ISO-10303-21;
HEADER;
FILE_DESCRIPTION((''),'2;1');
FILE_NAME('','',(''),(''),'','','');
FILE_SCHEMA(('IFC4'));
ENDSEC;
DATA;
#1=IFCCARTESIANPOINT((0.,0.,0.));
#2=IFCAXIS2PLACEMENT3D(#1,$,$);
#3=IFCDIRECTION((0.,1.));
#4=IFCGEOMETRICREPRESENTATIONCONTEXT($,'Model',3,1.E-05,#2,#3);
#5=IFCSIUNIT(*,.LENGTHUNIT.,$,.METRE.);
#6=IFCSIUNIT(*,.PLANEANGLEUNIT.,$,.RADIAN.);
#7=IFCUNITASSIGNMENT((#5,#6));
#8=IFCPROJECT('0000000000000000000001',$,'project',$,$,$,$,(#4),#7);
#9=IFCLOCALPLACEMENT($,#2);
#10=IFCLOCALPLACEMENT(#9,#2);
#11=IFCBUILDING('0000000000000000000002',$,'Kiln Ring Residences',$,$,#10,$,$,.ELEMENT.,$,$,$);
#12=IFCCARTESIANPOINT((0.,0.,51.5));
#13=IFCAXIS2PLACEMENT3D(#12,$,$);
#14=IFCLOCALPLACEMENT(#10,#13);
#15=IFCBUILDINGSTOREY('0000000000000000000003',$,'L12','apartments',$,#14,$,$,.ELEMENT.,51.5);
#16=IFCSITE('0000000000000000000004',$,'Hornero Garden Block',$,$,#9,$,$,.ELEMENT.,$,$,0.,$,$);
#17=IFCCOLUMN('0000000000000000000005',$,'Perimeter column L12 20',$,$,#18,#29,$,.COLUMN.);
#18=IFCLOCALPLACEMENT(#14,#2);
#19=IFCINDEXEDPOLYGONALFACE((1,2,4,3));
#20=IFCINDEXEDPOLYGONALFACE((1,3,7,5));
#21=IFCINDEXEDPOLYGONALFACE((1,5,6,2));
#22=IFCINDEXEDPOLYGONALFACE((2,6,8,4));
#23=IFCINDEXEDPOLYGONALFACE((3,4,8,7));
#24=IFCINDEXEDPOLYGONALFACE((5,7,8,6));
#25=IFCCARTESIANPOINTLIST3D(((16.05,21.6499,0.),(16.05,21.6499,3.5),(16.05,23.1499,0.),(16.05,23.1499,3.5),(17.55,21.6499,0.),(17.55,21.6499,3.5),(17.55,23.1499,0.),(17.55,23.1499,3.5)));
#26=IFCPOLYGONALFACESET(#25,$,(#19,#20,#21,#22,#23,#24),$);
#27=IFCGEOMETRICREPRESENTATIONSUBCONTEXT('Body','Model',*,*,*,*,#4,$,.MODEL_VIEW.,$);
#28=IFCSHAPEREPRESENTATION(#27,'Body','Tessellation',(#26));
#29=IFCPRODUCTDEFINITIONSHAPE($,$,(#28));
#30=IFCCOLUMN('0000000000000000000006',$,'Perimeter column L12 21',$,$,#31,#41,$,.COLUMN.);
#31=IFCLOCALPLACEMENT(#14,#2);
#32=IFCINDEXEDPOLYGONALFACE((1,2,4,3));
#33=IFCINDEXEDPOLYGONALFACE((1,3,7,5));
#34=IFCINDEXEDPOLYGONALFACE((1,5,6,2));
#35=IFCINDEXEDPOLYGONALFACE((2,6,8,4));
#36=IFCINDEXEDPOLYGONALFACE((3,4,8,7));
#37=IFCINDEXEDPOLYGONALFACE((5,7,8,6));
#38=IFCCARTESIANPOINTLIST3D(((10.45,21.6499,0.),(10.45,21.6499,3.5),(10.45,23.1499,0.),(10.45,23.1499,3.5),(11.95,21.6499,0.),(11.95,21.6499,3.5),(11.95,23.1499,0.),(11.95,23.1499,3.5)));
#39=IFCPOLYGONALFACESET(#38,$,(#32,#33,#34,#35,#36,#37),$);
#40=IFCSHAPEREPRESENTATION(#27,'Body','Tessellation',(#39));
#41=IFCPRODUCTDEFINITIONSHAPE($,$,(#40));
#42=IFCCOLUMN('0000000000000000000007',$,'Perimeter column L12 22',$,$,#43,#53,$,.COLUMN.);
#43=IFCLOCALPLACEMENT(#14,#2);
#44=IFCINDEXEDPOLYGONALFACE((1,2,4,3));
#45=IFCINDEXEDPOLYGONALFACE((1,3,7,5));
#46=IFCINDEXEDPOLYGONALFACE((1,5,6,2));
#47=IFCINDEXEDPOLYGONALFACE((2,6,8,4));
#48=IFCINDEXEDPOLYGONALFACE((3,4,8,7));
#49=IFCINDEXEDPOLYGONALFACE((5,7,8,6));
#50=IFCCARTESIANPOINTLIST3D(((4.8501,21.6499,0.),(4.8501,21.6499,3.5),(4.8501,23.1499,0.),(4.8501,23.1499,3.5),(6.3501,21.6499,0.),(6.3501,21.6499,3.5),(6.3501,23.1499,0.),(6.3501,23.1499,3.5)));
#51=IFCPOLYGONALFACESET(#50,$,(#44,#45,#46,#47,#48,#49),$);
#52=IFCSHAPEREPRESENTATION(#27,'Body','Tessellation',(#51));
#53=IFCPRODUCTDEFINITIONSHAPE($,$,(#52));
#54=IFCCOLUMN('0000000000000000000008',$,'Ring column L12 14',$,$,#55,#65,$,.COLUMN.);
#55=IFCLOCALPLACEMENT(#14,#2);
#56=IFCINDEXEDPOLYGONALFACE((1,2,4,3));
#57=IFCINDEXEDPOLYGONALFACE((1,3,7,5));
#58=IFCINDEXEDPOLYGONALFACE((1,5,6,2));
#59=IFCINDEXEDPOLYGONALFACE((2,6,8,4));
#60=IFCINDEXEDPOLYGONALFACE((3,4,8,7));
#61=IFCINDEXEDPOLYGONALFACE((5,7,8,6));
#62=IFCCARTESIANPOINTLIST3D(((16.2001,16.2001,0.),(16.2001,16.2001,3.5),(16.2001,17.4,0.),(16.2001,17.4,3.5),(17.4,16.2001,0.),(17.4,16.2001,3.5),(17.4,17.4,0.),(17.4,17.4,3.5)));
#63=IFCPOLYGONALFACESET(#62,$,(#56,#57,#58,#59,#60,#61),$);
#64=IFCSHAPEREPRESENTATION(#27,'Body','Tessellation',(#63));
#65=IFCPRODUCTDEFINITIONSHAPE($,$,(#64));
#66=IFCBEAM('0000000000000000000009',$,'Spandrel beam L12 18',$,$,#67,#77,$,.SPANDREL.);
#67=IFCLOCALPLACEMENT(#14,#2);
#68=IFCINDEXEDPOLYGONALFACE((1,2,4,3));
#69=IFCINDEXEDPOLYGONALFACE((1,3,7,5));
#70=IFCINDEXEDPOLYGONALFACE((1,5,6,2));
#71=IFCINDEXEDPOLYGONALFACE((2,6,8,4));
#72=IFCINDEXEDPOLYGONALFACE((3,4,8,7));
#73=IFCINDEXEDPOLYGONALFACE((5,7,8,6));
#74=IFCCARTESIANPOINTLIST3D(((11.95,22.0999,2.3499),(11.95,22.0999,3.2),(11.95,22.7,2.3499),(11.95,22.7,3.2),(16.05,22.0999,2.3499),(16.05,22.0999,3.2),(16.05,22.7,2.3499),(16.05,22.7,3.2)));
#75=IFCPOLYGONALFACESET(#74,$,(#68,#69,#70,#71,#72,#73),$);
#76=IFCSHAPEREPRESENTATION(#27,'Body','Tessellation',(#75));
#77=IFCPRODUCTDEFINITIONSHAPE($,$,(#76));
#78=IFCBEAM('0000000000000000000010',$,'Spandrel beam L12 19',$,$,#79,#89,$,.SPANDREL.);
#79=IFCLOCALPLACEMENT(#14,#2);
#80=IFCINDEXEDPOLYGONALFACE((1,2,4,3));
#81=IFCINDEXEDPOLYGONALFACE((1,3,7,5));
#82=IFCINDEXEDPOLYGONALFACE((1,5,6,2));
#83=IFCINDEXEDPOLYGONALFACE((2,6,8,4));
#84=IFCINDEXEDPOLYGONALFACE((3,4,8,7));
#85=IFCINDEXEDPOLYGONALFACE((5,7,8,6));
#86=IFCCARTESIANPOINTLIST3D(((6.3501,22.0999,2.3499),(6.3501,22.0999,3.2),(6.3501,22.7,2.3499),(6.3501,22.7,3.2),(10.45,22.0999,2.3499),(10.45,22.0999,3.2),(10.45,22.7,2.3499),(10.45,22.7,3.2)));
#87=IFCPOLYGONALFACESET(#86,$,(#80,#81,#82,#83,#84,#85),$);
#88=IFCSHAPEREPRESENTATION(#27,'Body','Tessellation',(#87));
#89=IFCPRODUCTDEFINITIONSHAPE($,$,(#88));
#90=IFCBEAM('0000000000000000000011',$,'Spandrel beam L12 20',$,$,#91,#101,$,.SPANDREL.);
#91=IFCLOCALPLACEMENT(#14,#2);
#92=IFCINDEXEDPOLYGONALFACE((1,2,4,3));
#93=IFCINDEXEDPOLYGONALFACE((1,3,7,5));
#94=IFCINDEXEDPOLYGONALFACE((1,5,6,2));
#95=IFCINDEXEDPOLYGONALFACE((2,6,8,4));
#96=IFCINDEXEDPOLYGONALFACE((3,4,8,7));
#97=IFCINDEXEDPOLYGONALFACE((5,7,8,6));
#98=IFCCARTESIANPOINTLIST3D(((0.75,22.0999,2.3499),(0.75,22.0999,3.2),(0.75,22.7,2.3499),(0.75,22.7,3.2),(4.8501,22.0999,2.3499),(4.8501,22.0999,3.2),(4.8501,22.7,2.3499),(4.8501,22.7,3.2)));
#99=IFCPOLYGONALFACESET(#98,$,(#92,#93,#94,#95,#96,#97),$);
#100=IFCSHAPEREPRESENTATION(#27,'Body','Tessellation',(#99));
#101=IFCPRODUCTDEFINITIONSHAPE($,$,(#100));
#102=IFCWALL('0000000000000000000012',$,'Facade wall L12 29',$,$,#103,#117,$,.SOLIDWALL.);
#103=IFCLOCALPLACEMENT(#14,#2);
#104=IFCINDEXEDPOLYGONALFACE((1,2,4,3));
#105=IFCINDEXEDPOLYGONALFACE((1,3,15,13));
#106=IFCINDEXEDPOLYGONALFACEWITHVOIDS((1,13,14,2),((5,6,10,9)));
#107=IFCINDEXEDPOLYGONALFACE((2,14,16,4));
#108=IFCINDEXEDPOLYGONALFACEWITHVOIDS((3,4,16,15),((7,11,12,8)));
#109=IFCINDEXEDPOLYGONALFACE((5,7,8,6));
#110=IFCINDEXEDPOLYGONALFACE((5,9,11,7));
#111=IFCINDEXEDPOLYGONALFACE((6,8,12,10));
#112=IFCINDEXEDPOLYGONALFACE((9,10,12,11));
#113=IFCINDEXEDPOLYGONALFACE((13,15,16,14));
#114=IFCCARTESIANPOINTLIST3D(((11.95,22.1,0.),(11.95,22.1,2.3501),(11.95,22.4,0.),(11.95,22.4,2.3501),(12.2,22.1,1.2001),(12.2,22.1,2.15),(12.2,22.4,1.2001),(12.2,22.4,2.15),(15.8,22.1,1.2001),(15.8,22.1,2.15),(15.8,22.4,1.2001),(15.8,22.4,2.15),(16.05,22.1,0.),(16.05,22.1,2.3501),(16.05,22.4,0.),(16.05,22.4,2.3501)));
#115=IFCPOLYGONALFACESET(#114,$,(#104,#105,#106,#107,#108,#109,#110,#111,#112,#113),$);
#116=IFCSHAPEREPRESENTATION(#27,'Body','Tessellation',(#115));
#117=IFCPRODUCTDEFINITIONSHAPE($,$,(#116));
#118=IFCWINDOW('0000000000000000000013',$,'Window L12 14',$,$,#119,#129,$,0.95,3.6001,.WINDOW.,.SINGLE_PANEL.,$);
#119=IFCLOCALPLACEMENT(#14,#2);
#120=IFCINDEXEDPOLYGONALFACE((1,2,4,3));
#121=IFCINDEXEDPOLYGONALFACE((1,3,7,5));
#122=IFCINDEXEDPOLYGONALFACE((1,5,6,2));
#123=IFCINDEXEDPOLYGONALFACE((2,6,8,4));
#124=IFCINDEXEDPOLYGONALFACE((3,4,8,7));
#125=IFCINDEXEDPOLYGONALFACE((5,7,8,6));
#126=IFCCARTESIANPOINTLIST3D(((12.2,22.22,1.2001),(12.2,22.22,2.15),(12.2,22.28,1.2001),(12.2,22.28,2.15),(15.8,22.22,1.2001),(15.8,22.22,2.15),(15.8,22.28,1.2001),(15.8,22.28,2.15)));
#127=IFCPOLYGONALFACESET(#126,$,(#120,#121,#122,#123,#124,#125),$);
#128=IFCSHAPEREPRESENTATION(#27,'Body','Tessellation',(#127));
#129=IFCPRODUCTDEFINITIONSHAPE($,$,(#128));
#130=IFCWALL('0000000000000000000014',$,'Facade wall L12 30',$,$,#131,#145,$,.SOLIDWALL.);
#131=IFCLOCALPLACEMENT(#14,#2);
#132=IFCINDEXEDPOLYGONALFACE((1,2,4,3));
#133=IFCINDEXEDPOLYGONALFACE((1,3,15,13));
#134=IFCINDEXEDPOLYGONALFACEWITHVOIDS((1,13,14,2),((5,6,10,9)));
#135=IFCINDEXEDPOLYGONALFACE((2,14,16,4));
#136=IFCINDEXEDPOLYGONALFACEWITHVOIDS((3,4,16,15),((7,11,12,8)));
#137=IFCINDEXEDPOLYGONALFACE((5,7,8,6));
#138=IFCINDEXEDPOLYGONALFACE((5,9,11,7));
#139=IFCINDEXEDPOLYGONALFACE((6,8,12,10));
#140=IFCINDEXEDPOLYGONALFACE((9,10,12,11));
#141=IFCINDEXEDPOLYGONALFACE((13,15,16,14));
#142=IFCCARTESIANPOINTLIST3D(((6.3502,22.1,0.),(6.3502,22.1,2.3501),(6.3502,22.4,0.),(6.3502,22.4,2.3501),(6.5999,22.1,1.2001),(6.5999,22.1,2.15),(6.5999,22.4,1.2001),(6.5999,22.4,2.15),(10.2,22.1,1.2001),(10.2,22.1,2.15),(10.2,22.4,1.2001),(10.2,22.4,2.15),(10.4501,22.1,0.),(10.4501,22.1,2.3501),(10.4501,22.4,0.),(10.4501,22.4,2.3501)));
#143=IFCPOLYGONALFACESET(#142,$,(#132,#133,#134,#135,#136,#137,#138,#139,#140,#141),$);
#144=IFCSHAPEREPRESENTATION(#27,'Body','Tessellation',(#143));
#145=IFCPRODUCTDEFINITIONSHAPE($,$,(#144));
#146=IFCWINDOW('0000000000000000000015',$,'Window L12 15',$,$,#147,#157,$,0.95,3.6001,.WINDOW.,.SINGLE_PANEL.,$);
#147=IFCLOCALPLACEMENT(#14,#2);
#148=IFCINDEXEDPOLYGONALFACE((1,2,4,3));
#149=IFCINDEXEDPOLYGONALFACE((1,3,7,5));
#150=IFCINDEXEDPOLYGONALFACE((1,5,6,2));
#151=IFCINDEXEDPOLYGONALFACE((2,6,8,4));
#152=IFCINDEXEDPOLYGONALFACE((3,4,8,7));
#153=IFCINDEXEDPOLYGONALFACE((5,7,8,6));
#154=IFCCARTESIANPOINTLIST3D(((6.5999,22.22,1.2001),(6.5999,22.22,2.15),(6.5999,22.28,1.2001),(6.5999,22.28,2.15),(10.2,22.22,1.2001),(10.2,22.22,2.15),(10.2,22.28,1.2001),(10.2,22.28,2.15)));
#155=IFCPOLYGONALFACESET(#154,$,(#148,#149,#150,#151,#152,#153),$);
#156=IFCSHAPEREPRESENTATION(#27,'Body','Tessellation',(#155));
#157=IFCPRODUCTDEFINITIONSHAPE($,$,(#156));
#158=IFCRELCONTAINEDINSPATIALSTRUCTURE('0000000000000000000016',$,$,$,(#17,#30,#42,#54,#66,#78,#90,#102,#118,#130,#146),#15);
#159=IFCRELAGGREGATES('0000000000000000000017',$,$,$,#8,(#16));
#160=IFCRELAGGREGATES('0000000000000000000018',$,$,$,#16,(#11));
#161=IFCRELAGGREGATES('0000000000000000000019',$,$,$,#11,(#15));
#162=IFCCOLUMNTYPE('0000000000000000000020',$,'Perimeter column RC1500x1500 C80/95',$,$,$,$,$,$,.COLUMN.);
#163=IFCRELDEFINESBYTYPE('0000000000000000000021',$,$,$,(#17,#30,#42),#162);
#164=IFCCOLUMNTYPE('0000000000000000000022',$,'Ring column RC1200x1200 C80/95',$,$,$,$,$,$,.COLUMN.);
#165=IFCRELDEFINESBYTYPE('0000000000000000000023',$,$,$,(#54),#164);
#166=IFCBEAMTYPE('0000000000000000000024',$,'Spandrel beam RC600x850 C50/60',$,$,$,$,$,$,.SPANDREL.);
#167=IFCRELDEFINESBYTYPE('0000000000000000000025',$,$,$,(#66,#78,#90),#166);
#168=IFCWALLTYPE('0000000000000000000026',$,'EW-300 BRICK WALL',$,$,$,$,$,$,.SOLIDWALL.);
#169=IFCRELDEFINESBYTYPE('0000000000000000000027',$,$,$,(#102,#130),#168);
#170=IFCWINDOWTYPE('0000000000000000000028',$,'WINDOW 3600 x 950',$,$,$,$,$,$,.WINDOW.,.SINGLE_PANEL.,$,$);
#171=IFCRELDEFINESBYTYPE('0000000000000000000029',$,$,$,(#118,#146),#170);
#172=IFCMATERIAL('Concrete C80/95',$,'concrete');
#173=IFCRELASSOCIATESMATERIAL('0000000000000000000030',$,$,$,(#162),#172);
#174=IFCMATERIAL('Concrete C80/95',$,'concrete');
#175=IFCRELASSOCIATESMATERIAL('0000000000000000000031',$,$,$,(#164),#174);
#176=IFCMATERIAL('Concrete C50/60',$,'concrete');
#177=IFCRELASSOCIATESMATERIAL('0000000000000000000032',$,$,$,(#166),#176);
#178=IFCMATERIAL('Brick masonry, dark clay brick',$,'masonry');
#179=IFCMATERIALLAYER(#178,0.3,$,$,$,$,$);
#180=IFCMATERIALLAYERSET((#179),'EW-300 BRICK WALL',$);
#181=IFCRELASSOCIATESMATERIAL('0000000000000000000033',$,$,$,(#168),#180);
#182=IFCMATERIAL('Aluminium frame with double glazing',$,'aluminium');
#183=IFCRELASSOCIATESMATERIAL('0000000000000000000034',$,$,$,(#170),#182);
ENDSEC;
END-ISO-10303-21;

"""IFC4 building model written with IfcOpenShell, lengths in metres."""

from ifc_helpers import new_model, si_unit, direction, frame, frame_2d, origin, origin_2d, place, context, subcontext, project, spatial, rectangle, extrude, material, layer, layer_set, material_profile, profile_set, type_object, element, fill, save


model = new_model("IFC4")

# Units and contexts
model_context = context("Model", 3, precision=1e-05, world=origin(), true_north=direction((0.0, 1.0)))
body_context = subcontext(model_context, "Body", "Model", "MODEL_VIEW")
ifc_project = project(units=[si_unit("LENGTHUNIT", "METRE"), si_unit("PLANEANGLEUNIT", "RADIAN")], contexts=[model_context])

# Site, building, storey
site_placement = place(None, origin())
site = spatial("IfcSite", under=ifc_project, at=site_placement, Name="Hornero Garden Block", CompositionType="ELEMENT", RefElevation=0.0)
building_placement = place(site_placement, origin())
building = spatial("IfcBuilding", under=site, at=building_placement, Name="Kiln Ring Residences", CompositionType="ELEMENT")
storey_placement = place(building_placement, frame((0.0, 0.0, 51.5)))
storey = spatial("IfcBuildingStorey", under=building, at=storey_placement, Name="L12", Description="apartments", CompositionType="ELEMENT", Elevation=51.5)

# Columns
ifc_material_1 = material(Name="Concrete C80/95", Category="concrete")
ifc_material_profile_1 = material_profile(ifc_material_1, rectangle(XDim=1.5, YDim=1.5, at=origin_2d()), Name="RC1500x1500")
ifc_profile_set_1 = profile_set([ifc_material_profile_1], Name="Concrete C80/95")
column_type_1 = type_object("IfcColumnType", Name="Perimeter column RC1500x1500 C80/95", PredefinedType="COLUMN", material=ifc_profile_set_1)
for number, where, z_axis, x_axis, name in (
    (1, (16.8, 22.3999, 0.0), (0.0, 0.0, 1.0), (1.0, 0.0, 0.0), "Perimeter column L12 20"),
    (2, (11.2, 22.3999, 0.0), (0.0, 0.0, 1.0), (1.0, 0.0, 0.0), "Perimeter column L12 21"),
    (3, (5.6001, 22.3999, 0.0), (0.0, 0.0, 1.0), (1.0, 0.0, 0.0), "Perimeter column L12 22"),
):
    element("IfcColumn", number, at=place(storey_placement, frame(where, z_axis=z_axis, x_axis=x_axis)), inside=storey, type_object=column_type_1, Name=name, PredefinedType="COLUMN", context=body_context, shape_type="SweptSolid", body=[
        extrude(rectangle(XDim=1.5, YDim=1.5, at=origin_2d()), origin(), (0.0, 0.0, 1.0), 3.5),
    ])
ifc_material_2 = material(Name="Concrete C80/95", Category="concrete")
ifc_material_profile_2 = material_profile(ifc_material_2, rectangle(XDim=1.2, YDim=1.2, at=origin_2d()), Name="RC1200x1200")
ifc_profile_set_2 = profile_set([ifc_material_profile_2], Name="Concrete C80/95")
column_type_2 = type_object("IfcColumnType", Name="Ring column RC1200x1200 C80/95", PredefinedType="COLUMN", material=ifc_profile_set_2)
column_placement = place(storey_placement, frame((16.8, 16.8, 0.0), z_axis=(0.0, 0.0, 1.0), x_axis=(1.0, 0.0, 0.0)))
element("IfcColumn", 4, at=column_placement, inside=storey, type_object=column_type_2, Name="Ring column L12 14", PredefinedType="COLUMN", context=body_context, shape_type="SweptSolid", body=[
    extrude(rectangle(XDim=1.2, YDim=1.2, at=origin_2d()), origin(), (0.0, 0.0, 1.0), 3.5),
])

# Beams
ifc_material_3 = material(Name="Concrete C50/60", Category="concrete")
ifc_material_profile_3 = material_profile(ifc_material_3, rectangle(XDim=0.6001, YDim=0.8501, at=origin_2d()), Name="RC600x850")
ifc_profile_set_3 = profile_set([ifc_material_profile_3], Name="Concrete C50/60")
beam_type = type_object("IfcBeamType", Name="Spandrel beam RC600x850 C50/60", PredefinedType="SPANDREL", material=ifc_profile_set_3)
beam_1_placement = place(storey_placement, frame((16.05, 22.3999, 2.7749), z_axis=(-1.0, 0.0, 0.0), x_axis=(0.0, -1.0, 0.0)))
element("IfcBeam", 5, at=beam_1_placement, inside=storey, type_object=beam_type, Name="Spandrel beam L12 18", PredefinedType="SPANDREL", context=body_context, shape_type="SweptSolid", body=[
    extrude(rectangle(XDim=0.6001, YDim=0.8501, at=origin_2d()), origin(), (0.0, 0.0, 1.0), 4.1001),
])
beam_2_placement = place(storey_placement, frame((10.45, 22.3999, 2.7749), z_axis=(-1.0, 0.0, 0.0), x_axis=(0.0, -1.0, 0.0)))
element("IfcBeam", 6, at=beam_2_placement, inside=storey, type_object=beam_type, Name="Spandrel beam L12 19", PredefinedType="SPANDREL", context=body_context, shape_type="SweptSolid", body=[
    extrude(rectangle(XDim=0.6001, YDim=0.8501, at=origin_2d()), origin(), (0.0, 0.0, 1.0), 4.0999),
])
beam_3_placement = place(storey_placement, frame((4.8501, 22.3999, 2.7749), z_axis=(-1.0, 0.0, 0.0), x_axis=(0.0, -1.0, 0.0)))
element("IfcBeam", 7, at=beam_3_placement, inside=storey, type_object=beam_type, Name="Spandrel beam L12 20", PredefinedType="SPANDREL", context=body_context, shape_type="SweptSolid", body=[
    extrude(rectangle(XDim=0.6001, YDim=0.8501, at=origin_2d()), origin(), (0.0, 0.0, 1.0), 4.1001),
])

# Walls, openings, windows
ifc_material_4 = material(Name="Brick masonry, dark clay brick", Category="masonry")
ifc_layer_1 = layer(ifc_material_4, 0.3)
ifc_layer_set_1 = layer_set([ifc_layer_1], Name="EW-300 BRICK WALL")
wall_type_1 = type_object("IfcWallType", Name="EW-300 BRICK WALL", PredefinedType="SOLIDWALL", material=ifc_layer_set_1)
wall_1_placement = place(storey_placement, frame((16.05, 22.25, 0.0), z_axis=(0.0, 0.0, 1.0), x_axis=(-1.0, 0.0, 0.0)))
wall_1 = element("IfcWall", 8, at=wall_1_placement, inside=storey, type_object=wall_type_1, Name="Facade wall L12 29", PredefinedType="SOLIDWALL", context=body_context, shape_type="SweptSolid", body=[
    extrude(rectangle(XDim=4.1001, YDim=0.3, at=frame_2d((2.05, 0.0))), origin(), (0.0, 0.0, 1.0), 2.3501),
])
opening_1_placement = place(wall_1_placement, frame((0.25, 0.0, 1.2)))
opening_1 = element("IfcOpeningElement", 9, at=opening_1_placement, cuts=wall_1, PredefinedType="OPENING", context=body_context, shape_type="SweptSolid", body=[
    extrude(rectangle(XDim=3.6001, YDim=0.95, at=frame_2d((1.8, 0.4751))), frame((0.0, 0.1599, 0.0), z_axis=(0.0, -1.0, 0.0), x_axis=(1.0, 0.0, 0.0)), (0.0, 0.0, 1.0), 0.3201),
])
ifc_material_5 = material(Name="Aluminium frame with double glazing", Category="aluminium")
window_type_1 = type_object("IfcWindowType", Name="WINDOW 3600 x 950", PartitioningType="SINGLE_PANEL", PredefinedType="WINDOW", material=ifc_material_5)
window_1_placement = place(opening_1_placement, origin())
window_1 = element("IfcWindow", 10, at=window_1_placement, inside=storey, type_object=window_type_1, Name="Window L12 14", OverallHeight=0.95, OverallWidth=3.6001, PartitioningType="SINGLE_PANEL", PredefinedType="WINDOW", context=body_context, shape_type="SweptSolid", body=[
    extrude(rectangle(XDim=3.6001, YDim=0.95, at=frame_2d((1.8, 0.4751))), frame((0.0, 0.03, 0.0), z_axis=(0.0, -1.0, 0.0), x_axis=(1.0, 0.0, 0.0)), (0.0, 0.0, 1.0), 0.0601),
])
fill(opening_1, window_1)
wall_2_placement = place(storey_placement, frame((10.45, 22.25, 0.0), z_axis=(0.0, 0.0, 1.0), x_axis=(-1.0, 0.0, 0.0)))
wall_2 = element("IfcWall", 11, at=wall_2_placement, inside=storey, type_object=wall_type_1, Name="Facade wall L12 30", PredefinedType="SOLIDWALL", context=body_context, shape_type="SweptSolid", body=[
    extrude(rectangle(XDim=4.0999, YDim=0.3, at=frame_2d((2.0498, 0.0))), origin(), (0.0, 0.0, 1.0), 2.3501),
])
opening_2_placement = place(wall_2_placement, frame((0.25, 0.0, 1.2)))
opening_2 = element("IfcOpeningElement", 12, at=opening_2_placement, cuts=wall_2, PredefinedType="OPENING", context=body_context, shape_type="SweptSolid", body=[
    extrude(rectangle(XDim=3.6001, YDim=0.95, at=frame_2d((1.8, 0.4751))), frame((0.0, 0.1599, 0.0), z_axis=(0.0, -1.0, 0.0), x_axis=(1.0, 0.0, 0.0)), (0.0, 0.0, 1.0), 0.3201),
])
window_2_placement = place(opening_2_placement, origin())
window_2 = element("IfcWindow", 13, at=window_2_placement, inside=storey, type_object=window_type_1, Name="Window L12 15", OverallHeight=0.95, OverallWidth=3.6001, PartitioningType="SINGLE_PANEL", PredefinedType="WINDOW", context=body_context, shape_type="SweptSolid", body=[
    extrude(rectangle(XDim=3.6001, YDim=0.95, at=frame_2d((1.8, 0.4751))), frame((0.0, 0.03, 0.0), z_axis=(0.0, -1.0, 0.0), x_axis=(1.0, 0.0, 0.0)), (0.0, 0.0, 1.0), 0.0601),
])
fill(opening_2, window_2)

save(model, "model.ifc")
